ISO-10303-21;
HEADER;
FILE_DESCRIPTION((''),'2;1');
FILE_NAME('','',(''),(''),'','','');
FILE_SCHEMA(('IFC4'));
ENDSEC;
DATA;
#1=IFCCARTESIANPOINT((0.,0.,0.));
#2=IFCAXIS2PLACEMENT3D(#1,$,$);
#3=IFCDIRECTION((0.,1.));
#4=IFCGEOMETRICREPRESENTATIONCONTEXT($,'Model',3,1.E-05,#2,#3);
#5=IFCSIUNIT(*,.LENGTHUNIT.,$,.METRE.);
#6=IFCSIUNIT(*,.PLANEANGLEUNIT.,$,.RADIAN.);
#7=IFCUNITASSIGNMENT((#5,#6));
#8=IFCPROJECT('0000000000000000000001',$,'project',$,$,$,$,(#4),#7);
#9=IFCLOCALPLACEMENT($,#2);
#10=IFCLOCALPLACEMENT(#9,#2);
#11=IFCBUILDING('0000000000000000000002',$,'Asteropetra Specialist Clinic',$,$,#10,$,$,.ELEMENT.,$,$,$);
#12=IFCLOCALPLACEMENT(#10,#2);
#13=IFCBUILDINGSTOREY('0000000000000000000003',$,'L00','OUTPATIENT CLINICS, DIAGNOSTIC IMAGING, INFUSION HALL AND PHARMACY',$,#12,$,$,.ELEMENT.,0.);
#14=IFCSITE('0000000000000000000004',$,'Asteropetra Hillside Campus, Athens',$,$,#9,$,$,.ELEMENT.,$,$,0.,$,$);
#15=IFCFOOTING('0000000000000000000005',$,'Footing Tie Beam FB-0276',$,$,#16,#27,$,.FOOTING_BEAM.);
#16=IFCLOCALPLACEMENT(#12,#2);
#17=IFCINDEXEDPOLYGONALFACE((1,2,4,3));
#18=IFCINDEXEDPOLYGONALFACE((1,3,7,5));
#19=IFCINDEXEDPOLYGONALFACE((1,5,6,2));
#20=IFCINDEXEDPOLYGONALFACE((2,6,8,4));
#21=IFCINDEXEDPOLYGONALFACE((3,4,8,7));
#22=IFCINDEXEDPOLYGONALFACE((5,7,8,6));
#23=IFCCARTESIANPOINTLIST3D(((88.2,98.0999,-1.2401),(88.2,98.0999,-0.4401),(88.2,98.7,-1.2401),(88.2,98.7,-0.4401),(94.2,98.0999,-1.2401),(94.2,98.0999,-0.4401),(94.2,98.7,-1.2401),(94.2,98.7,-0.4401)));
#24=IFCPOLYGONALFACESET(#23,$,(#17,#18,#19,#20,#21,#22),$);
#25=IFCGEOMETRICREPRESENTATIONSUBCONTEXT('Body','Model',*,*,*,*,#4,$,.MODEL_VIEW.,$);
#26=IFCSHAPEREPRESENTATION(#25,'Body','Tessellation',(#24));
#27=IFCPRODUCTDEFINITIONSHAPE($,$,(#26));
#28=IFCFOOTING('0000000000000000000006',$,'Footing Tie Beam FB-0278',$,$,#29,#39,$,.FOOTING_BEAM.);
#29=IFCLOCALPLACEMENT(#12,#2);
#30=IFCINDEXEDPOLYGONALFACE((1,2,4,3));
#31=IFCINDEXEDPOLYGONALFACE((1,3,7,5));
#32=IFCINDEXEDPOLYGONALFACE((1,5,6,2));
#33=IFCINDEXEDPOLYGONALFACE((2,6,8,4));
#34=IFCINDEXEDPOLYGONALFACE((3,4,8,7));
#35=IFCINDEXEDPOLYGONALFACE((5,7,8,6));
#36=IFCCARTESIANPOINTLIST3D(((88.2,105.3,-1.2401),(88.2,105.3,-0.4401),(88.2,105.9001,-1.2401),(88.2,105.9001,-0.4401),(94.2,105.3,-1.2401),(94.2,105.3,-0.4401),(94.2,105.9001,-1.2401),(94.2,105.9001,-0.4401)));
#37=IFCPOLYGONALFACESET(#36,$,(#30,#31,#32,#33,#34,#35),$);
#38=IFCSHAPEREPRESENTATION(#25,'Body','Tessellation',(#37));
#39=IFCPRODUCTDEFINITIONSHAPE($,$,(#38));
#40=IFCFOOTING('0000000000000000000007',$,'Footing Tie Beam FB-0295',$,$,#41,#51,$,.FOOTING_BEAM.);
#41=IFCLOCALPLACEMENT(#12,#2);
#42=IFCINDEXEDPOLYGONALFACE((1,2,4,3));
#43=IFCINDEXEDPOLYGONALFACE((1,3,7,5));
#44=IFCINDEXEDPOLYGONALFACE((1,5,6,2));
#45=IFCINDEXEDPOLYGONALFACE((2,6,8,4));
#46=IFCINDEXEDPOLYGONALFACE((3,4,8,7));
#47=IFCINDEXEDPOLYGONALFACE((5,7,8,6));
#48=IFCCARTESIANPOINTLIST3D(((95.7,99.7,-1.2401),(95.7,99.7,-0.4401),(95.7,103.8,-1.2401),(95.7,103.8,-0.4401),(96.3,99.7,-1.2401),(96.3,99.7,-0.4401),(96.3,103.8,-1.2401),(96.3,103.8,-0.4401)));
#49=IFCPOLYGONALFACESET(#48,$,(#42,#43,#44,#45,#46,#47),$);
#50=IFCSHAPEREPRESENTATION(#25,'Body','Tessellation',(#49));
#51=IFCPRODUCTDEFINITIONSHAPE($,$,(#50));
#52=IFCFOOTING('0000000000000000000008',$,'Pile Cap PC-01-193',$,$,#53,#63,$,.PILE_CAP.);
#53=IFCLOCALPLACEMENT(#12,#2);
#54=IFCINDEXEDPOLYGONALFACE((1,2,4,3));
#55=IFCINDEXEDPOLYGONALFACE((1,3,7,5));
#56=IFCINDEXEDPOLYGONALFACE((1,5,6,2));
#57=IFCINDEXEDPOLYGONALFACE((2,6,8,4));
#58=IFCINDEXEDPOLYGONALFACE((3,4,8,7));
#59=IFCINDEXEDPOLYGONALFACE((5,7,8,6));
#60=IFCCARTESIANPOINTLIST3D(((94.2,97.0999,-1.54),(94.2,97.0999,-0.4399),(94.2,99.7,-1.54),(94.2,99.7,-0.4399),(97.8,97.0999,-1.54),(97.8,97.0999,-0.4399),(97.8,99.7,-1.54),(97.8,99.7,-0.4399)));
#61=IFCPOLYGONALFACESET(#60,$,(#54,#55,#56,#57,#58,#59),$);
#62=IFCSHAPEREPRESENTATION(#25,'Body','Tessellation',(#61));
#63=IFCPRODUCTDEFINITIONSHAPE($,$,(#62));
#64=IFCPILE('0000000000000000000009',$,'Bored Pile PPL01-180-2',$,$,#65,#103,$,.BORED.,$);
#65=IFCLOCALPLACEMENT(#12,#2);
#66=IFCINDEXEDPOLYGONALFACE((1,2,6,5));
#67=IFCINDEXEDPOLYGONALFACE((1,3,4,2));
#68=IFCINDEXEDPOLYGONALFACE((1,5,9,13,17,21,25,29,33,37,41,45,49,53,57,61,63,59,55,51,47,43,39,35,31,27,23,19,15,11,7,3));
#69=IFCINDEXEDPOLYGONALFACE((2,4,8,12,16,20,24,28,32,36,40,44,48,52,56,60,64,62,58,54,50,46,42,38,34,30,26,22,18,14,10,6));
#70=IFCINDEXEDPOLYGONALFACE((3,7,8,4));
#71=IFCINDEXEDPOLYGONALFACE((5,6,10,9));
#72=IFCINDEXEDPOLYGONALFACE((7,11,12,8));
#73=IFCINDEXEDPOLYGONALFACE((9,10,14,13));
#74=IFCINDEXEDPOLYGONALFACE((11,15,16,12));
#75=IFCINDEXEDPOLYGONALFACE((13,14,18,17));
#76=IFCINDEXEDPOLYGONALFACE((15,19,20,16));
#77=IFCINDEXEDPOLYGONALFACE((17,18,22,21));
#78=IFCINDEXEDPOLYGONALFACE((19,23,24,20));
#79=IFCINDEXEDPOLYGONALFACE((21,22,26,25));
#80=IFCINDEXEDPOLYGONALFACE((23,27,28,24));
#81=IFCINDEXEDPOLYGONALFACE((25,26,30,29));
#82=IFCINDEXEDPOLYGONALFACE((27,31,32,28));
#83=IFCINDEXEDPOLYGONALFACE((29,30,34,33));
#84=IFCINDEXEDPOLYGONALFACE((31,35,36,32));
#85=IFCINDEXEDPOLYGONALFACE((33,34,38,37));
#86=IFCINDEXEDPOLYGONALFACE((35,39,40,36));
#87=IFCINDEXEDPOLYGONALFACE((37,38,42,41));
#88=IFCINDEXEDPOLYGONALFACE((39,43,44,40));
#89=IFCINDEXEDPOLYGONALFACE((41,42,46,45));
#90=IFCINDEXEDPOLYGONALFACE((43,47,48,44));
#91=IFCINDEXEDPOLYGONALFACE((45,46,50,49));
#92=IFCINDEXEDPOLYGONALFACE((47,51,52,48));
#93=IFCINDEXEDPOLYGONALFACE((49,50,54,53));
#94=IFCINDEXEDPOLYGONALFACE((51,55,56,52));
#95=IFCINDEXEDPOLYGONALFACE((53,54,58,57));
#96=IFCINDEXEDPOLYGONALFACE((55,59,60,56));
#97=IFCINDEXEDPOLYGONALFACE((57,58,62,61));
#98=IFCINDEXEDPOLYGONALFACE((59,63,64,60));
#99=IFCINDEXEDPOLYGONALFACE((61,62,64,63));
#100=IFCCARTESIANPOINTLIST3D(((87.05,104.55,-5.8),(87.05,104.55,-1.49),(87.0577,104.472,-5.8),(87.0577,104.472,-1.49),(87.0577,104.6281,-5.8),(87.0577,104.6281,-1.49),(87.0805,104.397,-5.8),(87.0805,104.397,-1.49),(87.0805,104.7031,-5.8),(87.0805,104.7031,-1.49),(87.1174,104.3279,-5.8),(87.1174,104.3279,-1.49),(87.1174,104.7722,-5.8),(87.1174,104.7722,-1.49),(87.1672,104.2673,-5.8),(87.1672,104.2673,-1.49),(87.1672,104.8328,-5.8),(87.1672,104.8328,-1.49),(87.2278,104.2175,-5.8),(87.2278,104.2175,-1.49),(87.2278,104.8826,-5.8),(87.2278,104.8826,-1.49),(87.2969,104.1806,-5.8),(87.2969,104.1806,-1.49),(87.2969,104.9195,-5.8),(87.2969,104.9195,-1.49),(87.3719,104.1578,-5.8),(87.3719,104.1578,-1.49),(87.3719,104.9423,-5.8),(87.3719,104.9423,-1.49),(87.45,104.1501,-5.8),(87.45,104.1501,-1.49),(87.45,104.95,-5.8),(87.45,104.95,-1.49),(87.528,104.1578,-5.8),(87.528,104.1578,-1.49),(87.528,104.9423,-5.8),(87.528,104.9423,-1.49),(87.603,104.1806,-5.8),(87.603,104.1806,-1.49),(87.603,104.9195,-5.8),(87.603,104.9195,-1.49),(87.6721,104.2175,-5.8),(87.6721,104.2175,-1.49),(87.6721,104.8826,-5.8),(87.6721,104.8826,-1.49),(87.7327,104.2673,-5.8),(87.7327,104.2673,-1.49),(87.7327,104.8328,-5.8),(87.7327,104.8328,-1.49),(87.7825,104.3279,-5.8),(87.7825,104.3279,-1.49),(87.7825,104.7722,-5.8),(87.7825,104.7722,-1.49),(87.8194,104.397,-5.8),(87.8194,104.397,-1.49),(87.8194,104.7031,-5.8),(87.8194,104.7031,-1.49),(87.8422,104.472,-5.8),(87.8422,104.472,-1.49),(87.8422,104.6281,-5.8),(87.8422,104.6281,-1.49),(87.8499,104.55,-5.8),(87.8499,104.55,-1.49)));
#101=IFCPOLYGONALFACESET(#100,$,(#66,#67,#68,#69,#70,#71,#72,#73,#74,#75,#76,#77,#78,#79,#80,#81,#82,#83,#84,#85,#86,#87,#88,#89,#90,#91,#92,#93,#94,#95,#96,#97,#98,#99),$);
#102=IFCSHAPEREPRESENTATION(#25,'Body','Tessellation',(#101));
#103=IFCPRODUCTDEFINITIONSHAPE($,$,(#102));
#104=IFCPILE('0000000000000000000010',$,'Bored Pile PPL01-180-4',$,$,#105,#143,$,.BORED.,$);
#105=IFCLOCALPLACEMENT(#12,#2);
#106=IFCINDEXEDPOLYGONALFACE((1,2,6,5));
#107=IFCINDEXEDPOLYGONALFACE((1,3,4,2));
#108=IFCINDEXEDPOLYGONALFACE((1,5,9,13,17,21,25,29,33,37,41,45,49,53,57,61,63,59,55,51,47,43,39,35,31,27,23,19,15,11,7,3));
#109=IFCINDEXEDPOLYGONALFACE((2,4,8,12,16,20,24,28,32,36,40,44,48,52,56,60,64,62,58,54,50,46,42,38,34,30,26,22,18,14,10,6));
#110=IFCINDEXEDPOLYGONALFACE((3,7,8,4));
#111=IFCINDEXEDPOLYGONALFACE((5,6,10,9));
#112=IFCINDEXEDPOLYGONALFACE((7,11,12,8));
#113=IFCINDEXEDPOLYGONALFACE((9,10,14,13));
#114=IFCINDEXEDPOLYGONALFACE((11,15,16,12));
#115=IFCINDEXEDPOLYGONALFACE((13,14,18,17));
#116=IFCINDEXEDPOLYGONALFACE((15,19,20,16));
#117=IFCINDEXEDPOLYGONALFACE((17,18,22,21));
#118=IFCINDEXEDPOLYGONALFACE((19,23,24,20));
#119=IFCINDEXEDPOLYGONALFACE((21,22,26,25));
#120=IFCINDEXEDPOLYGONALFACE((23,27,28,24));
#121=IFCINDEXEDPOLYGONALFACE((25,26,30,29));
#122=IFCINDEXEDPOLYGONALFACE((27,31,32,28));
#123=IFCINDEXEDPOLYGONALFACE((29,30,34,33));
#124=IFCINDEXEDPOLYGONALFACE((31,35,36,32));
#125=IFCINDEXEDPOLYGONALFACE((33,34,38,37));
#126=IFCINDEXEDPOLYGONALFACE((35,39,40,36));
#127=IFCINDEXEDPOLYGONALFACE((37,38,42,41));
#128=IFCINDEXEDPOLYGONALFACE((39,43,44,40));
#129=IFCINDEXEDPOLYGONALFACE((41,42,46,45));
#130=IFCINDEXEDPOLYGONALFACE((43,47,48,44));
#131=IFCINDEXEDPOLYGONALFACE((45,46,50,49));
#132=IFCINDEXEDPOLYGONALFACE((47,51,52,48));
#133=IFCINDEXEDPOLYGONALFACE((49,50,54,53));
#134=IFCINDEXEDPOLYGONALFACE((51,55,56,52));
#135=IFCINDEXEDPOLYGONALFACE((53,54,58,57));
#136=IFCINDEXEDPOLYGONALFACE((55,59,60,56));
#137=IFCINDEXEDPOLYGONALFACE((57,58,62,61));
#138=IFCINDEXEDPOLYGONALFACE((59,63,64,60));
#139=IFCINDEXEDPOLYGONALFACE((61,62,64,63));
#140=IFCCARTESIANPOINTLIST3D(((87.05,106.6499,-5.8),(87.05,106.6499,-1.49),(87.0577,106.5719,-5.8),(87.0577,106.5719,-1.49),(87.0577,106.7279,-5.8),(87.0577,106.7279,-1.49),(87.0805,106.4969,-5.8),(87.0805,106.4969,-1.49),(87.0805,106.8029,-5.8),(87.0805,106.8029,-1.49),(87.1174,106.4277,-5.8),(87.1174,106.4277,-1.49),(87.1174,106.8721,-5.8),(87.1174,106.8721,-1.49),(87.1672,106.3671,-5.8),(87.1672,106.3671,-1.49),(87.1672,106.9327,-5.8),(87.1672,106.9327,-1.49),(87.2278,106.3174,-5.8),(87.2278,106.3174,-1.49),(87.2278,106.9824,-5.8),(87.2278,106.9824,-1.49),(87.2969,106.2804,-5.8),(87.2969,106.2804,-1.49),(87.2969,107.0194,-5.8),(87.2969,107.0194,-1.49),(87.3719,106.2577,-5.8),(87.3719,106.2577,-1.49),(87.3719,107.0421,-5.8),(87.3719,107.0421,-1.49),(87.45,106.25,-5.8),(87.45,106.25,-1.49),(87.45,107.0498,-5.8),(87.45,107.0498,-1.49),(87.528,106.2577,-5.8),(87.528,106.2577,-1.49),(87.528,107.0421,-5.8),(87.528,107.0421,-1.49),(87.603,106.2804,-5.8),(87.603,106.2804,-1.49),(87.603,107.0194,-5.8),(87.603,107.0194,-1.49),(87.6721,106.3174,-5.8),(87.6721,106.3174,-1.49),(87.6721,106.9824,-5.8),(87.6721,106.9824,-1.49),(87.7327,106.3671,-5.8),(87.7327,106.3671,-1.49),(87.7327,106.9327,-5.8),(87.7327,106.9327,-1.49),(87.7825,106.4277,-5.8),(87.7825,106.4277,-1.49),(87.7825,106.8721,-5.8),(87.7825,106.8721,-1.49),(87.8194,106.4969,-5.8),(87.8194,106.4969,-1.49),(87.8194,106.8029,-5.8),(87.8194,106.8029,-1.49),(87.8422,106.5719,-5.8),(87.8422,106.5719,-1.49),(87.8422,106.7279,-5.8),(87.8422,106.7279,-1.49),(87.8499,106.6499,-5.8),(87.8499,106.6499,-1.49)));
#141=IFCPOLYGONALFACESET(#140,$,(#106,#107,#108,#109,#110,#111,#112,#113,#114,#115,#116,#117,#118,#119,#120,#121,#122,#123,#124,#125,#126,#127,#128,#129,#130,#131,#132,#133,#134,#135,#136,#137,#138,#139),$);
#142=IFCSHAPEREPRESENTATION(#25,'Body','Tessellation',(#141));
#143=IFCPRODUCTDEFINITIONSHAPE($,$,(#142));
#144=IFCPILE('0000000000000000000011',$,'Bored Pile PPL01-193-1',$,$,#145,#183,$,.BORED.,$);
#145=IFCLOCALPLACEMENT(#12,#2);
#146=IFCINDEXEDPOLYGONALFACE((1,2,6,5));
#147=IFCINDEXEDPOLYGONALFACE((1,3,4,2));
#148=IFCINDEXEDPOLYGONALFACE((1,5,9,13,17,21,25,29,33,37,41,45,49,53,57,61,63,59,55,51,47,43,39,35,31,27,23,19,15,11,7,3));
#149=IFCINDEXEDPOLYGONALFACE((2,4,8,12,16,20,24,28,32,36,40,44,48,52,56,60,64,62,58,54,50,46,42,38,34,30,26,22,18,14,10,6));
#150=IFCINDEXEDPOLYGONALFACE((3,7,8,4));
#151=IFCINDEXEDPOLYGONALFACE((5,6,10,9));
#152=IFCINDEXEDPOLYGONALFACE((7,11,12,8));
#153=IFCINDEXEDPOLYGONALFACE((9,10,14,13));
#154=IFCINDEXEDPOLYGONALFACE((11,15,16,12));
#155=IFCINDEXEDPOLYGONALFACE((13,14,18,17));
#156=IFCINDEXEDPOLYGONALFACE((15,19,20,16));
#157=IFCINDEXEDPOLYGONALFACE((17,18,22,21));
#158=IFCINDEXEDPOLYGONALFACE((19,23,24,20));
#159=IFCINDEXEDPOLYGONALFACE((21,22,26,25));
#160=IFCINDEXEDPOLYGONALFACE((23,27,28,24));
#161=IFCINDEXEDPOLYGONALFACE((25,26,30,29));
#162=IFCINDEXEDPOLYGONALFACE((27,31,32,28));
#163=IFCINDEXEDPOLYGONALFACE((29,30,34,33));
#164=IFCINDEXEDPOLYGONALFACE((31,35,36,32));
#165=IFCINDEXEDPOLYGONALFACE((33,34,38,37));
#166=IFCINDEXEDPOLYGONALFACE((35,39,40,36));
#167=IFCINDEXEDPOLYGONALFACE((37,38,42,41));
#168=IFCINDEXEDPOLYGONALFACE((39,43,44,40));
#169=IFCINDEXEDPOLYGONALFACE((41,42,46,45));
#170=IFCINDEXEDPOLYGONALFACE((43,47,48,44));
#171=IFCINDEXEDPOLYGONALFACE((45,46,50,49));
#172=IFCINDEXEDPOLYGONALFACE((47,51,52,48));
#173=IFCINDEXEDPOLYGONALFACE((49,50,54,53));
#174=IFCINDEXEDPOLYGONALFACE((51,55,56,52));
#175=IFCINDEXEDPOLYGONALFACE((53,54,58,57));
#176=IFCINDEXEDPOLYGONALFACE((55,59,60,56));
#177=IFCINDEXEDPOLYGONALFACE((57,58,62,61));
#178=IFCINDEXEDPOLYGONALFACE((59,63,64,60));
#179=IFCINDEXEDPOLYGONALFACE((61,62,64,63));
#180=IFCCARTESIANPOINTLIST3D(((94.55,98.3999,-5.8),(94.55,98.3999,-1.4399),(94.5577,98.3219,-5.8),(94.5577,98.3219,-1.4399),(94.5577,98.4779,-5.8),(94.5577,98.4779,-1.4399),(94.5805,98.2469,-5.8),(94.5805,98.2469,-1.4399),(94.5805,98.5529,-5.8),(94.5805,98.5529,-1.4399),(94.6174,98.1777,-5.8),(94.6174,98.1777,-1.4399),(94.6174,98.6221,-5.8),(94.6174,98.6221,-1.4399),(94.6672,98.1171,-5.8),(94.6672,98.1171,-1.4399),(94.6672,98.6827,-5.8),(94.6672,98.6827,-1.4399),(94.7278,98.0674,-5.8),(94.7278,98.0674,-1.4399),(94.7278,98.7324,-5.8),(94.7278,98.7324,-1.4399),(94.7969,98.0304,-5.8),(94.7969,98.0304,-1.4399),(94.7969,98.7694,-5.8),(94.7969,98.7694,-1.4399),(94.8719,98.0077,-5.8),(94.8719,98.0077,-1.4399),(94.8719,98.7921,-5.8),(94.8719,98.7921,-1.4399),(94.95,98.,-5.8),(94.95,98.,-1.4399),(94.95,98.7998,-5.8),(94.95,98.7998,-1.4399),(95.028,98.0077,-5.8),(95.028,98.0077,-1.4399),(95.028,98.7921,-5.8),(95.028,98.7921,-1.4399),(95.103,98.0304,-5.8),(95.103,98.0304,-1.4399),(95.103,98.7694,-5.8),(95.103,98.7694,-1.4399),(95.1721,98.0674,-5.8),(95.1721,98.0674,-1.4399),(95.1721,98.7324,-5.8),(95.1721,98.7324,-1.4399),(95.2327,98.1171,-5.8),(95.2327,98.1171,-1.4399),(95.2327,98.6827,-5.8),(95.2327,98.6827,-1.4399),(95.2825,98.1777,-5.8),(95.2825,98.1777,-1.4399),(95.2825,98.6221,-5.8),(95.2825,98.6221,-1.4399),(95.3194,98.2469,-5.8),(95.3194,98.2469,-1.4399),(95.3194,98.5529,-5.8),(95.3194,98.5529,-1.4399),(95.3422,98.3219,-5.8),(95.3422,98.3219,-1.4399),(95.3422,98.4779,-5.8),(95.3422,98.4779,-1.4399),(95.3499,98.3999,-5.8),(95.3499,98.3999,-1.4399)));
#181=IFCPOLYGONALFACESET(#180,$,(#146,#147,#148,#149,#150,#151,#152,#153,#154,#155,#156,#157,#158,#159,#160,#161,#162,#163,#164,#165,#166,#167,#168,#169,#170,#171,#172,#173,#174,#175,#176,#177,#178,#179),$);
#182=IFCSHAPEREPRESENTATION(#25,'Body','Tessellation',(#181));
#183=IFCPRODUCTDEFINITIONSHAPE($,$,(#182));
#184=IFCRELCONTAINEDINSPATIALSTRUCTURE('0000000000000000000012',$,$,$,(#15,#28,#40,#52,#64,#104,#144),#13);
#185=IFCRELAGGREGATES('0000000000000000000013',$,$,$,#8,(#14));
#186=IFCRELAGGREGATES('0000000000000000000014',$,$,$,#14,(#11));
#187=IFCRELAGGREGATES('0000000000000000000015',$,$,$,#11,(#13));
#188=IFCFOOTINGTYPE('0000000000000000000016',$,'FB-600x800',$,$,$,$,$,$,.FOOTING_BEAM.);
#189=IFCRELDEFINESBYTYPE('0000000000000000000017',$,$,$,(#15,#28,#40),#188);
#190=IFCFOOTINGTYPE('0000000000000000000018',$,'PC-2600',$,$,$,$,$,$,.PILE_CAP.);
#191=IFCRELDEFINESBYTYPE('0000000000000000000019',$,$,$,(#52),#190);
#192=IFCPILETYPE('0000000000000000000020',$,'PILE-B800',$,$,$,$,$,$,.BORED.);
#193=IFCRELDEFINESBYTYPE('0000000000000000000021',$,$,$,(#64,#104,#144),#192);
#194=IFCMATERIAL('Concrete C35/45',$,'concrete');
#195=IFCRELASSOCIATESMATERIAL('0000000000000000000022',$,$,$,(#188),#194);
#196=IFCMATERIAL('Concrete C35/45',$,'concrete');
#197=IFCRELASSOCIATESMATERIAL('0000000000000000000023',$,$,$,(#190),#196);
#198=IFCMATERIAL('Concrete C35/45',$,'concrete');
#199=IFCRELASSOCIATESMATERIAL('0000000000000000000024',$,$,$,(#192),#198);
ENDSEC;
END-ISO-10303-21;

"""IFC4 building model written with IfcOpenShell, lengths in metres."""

from ifc_helpers import new_model, si_unit, direction, frame, origin, origin_2d, place, context, subcontext, project, spatial, rectangle, circle, extrude, material, material_profile, profile_set, type_object, element, save


model = new_model("IFC4")

# Units and contexts
model_context = context("Model", 3, precision=1e-05, world=origin(), true_north=direction((0.0, 1.0)))
body_context = subcontext(model_context, "Body", "Model", "MODEL_VIEW")
ifc_project = project(units=[si_unit("LENGTHUNIT", "METRE"), si_unit("PLANEANGLEUNIT", "RADIAN")], contexts=[model_context])

# Site, building, storey
site_placement = place(None, origin())
site = spatial("IfcSite", under=ifc_project, at=site_placement, Name="Asteropetra Hillside Campus, Athens", CompositionType="ELEMENT", RefElevation=0.0)
building_placement = place(site_placement, origin())
building = spatial("IfcBuilding", under=site, at=building_placement, Name="Asteropetra Specialist Clinic", CompositionType="ELEMENT")
storey_placement = place(building_placement, origin())
storey = spatial("IfcBuildingStorey", under=building, at=storey_placement, Name="L00", Description="OUTPATIENT CLINICS, DIAGNOSTIC IMAGING, INFUSION HALL AND PHARMACY", CompositionType="ELEMENT", Elevation=0.0)

# Footings
ifc_material_1 = material(Name="Concrete C35/45", Category="concrete")
ifc_material_profile_1 = material_profile(ifc_material_1, rectangle(XDim=0.6001, YDim=0.8, at=origin_2d()), Name="FB 600x800")
ifc_profile_set_1 = profile_set([ifc_material_profile_1], Name="Concrete C35/45")
footing_type_1 = type_object("IfcFootingType", Name="FB-600x800", PredefinedType="FOOTING_BEAM", material=ifc_profile_set_1)
for number, where, z_axis, x_axis, name in (
    (1, (88.2, 98.3999, -0.8401), (1.0, 0.0, 0.0), (0.0, 1.0, 0.0), "Footing Tie Beam FB-0276"),
    (2, (88.2, 105.6001, -0.8401), (1.0, 0.0, 0.0), (0.0, 1.0, 0.0), "Footing Tie Beam FB-0278"),
):
    element("IfcFooting", number, at=place(storey_placement, frame(where, z_axis=z_axis, x_axis=x_axis)), inside=storey, type_object=footing_type_1, Name=name, PredefinedType="FOOTING_BEAM", context=body_context, shape_type="SweptSolid", body=[
        extrude(rectangle(XDim=0.6001, YDim=0.8, at=origin_2d()), origin(), (0.0, 0.0, 1.0), 6.0),
    ])
footing_1_placement = place(storey_placement, frame((96.0, 99.7, -0.8401), z_axis=(0.0, 1.0, 0.0), x_axis=(-1.0, 0.0, 0.0)))
element("IfcFooting", 3, at=footing_1_placement, inside=storey, type_object=footing_type_1, Name="Footing Tie Beam FB-0295", PredefinedType="FOOTING_BEAM", context=body_context, shape_type="SweptSolid", body=[
    extrude(rectangle(XDim=0.6001, YDim=0.8, at=origin_2d()), origin(), (0.0, 0.0, 1.0), 4.1001),
])
ifc_material_2 = material(Name="Concrete C35/45", Category="concrete")
footing_type_2 = type_object("IfcFootingType", Name="PC-2600", PredefinedType="PILE_CAP", material=ifc_material_2)
footing_2_placement = place(storey_placement, frame((96.0, 98.3999, -1.54), z_axis=(0.0, 0.0, 1.0), x_axis=(1.0, 0.0, 0.0)))
element("IfcFooting", 4, at=footing_2_placement, inside=storey, type_object=footing_type_2, Name="Pile Cap PC-01-193", PredefinedType="PILE_CAP", context=body_context, shape_type="SweptSolid", body=[
    extrude(rectangle(XDim=3.6001, YDim=2.6001, at=origin_2d()), origin(), (0.0, 0.0, 1.0), 1.1001),
])

# Piles
ifc_material_3 = material(Name="Concrete C35/45", Category="concrete")
ifc_material_profile_2 = material_profile(ifc_material_3, circle(Radius=0.3999, at=origin_2d()), Name="PILE D800")
ifc_profile_set_2 = profile_set([ifc_material_profile_2], Name="Concrete C35/45")
pile_type = type_object("IfcPileType", Name="PILE-B800", PredefinedType="BORED", material=ifc_profile_set_2)
for number, where, z_axis, x_axis, name in (
    (5, (87.45, 104.55, -1.49), (0.0, 0.0, -1.0), (1.0, 0.0, 0.0), "Bored Pile PPL01-180-2"),
    (6, (87.45, 106.6499, -1.49), (0.0, 0.0, -1.0), (1.0, 0.0, 0.0), "Bored Pile PPL01-180-4"),
):
    element("IfcPile", number, at=place(storey_placement, frame(where, z_axis=z_axis, x_axis=x_axis)), inside=storey, type_object=pile_type, Name=name, PredefinedType="BORED", context=body_context, shape_type="SweptSolid", body=[
        extrude(circle(Radius=0.3999, at=origin_2d()), origin(), (0.0, 0.0, 1.0), 4.3101),
    ])
pile_placement = place(storey_placement, frame((94.95, 98.3999, -1.4399), z_axis=(0.0, 0.0, -1.0), x_axis=(1.0, 0.0, 0.0)))
element("IfcPile", 7, at=pile_placement, inside=storey, type_object=pile_type, Name="Bored Pile PPL01-193-1", PredefinedType="BORED", context=body_context, shape_type="SweptSolid", body=[
    extrude(circle(Radius=0.3999, at=origin_2d()), origin(), (0.0, 0.0, 1.0), 4.3601),
])

save(model, "model.ifc")
